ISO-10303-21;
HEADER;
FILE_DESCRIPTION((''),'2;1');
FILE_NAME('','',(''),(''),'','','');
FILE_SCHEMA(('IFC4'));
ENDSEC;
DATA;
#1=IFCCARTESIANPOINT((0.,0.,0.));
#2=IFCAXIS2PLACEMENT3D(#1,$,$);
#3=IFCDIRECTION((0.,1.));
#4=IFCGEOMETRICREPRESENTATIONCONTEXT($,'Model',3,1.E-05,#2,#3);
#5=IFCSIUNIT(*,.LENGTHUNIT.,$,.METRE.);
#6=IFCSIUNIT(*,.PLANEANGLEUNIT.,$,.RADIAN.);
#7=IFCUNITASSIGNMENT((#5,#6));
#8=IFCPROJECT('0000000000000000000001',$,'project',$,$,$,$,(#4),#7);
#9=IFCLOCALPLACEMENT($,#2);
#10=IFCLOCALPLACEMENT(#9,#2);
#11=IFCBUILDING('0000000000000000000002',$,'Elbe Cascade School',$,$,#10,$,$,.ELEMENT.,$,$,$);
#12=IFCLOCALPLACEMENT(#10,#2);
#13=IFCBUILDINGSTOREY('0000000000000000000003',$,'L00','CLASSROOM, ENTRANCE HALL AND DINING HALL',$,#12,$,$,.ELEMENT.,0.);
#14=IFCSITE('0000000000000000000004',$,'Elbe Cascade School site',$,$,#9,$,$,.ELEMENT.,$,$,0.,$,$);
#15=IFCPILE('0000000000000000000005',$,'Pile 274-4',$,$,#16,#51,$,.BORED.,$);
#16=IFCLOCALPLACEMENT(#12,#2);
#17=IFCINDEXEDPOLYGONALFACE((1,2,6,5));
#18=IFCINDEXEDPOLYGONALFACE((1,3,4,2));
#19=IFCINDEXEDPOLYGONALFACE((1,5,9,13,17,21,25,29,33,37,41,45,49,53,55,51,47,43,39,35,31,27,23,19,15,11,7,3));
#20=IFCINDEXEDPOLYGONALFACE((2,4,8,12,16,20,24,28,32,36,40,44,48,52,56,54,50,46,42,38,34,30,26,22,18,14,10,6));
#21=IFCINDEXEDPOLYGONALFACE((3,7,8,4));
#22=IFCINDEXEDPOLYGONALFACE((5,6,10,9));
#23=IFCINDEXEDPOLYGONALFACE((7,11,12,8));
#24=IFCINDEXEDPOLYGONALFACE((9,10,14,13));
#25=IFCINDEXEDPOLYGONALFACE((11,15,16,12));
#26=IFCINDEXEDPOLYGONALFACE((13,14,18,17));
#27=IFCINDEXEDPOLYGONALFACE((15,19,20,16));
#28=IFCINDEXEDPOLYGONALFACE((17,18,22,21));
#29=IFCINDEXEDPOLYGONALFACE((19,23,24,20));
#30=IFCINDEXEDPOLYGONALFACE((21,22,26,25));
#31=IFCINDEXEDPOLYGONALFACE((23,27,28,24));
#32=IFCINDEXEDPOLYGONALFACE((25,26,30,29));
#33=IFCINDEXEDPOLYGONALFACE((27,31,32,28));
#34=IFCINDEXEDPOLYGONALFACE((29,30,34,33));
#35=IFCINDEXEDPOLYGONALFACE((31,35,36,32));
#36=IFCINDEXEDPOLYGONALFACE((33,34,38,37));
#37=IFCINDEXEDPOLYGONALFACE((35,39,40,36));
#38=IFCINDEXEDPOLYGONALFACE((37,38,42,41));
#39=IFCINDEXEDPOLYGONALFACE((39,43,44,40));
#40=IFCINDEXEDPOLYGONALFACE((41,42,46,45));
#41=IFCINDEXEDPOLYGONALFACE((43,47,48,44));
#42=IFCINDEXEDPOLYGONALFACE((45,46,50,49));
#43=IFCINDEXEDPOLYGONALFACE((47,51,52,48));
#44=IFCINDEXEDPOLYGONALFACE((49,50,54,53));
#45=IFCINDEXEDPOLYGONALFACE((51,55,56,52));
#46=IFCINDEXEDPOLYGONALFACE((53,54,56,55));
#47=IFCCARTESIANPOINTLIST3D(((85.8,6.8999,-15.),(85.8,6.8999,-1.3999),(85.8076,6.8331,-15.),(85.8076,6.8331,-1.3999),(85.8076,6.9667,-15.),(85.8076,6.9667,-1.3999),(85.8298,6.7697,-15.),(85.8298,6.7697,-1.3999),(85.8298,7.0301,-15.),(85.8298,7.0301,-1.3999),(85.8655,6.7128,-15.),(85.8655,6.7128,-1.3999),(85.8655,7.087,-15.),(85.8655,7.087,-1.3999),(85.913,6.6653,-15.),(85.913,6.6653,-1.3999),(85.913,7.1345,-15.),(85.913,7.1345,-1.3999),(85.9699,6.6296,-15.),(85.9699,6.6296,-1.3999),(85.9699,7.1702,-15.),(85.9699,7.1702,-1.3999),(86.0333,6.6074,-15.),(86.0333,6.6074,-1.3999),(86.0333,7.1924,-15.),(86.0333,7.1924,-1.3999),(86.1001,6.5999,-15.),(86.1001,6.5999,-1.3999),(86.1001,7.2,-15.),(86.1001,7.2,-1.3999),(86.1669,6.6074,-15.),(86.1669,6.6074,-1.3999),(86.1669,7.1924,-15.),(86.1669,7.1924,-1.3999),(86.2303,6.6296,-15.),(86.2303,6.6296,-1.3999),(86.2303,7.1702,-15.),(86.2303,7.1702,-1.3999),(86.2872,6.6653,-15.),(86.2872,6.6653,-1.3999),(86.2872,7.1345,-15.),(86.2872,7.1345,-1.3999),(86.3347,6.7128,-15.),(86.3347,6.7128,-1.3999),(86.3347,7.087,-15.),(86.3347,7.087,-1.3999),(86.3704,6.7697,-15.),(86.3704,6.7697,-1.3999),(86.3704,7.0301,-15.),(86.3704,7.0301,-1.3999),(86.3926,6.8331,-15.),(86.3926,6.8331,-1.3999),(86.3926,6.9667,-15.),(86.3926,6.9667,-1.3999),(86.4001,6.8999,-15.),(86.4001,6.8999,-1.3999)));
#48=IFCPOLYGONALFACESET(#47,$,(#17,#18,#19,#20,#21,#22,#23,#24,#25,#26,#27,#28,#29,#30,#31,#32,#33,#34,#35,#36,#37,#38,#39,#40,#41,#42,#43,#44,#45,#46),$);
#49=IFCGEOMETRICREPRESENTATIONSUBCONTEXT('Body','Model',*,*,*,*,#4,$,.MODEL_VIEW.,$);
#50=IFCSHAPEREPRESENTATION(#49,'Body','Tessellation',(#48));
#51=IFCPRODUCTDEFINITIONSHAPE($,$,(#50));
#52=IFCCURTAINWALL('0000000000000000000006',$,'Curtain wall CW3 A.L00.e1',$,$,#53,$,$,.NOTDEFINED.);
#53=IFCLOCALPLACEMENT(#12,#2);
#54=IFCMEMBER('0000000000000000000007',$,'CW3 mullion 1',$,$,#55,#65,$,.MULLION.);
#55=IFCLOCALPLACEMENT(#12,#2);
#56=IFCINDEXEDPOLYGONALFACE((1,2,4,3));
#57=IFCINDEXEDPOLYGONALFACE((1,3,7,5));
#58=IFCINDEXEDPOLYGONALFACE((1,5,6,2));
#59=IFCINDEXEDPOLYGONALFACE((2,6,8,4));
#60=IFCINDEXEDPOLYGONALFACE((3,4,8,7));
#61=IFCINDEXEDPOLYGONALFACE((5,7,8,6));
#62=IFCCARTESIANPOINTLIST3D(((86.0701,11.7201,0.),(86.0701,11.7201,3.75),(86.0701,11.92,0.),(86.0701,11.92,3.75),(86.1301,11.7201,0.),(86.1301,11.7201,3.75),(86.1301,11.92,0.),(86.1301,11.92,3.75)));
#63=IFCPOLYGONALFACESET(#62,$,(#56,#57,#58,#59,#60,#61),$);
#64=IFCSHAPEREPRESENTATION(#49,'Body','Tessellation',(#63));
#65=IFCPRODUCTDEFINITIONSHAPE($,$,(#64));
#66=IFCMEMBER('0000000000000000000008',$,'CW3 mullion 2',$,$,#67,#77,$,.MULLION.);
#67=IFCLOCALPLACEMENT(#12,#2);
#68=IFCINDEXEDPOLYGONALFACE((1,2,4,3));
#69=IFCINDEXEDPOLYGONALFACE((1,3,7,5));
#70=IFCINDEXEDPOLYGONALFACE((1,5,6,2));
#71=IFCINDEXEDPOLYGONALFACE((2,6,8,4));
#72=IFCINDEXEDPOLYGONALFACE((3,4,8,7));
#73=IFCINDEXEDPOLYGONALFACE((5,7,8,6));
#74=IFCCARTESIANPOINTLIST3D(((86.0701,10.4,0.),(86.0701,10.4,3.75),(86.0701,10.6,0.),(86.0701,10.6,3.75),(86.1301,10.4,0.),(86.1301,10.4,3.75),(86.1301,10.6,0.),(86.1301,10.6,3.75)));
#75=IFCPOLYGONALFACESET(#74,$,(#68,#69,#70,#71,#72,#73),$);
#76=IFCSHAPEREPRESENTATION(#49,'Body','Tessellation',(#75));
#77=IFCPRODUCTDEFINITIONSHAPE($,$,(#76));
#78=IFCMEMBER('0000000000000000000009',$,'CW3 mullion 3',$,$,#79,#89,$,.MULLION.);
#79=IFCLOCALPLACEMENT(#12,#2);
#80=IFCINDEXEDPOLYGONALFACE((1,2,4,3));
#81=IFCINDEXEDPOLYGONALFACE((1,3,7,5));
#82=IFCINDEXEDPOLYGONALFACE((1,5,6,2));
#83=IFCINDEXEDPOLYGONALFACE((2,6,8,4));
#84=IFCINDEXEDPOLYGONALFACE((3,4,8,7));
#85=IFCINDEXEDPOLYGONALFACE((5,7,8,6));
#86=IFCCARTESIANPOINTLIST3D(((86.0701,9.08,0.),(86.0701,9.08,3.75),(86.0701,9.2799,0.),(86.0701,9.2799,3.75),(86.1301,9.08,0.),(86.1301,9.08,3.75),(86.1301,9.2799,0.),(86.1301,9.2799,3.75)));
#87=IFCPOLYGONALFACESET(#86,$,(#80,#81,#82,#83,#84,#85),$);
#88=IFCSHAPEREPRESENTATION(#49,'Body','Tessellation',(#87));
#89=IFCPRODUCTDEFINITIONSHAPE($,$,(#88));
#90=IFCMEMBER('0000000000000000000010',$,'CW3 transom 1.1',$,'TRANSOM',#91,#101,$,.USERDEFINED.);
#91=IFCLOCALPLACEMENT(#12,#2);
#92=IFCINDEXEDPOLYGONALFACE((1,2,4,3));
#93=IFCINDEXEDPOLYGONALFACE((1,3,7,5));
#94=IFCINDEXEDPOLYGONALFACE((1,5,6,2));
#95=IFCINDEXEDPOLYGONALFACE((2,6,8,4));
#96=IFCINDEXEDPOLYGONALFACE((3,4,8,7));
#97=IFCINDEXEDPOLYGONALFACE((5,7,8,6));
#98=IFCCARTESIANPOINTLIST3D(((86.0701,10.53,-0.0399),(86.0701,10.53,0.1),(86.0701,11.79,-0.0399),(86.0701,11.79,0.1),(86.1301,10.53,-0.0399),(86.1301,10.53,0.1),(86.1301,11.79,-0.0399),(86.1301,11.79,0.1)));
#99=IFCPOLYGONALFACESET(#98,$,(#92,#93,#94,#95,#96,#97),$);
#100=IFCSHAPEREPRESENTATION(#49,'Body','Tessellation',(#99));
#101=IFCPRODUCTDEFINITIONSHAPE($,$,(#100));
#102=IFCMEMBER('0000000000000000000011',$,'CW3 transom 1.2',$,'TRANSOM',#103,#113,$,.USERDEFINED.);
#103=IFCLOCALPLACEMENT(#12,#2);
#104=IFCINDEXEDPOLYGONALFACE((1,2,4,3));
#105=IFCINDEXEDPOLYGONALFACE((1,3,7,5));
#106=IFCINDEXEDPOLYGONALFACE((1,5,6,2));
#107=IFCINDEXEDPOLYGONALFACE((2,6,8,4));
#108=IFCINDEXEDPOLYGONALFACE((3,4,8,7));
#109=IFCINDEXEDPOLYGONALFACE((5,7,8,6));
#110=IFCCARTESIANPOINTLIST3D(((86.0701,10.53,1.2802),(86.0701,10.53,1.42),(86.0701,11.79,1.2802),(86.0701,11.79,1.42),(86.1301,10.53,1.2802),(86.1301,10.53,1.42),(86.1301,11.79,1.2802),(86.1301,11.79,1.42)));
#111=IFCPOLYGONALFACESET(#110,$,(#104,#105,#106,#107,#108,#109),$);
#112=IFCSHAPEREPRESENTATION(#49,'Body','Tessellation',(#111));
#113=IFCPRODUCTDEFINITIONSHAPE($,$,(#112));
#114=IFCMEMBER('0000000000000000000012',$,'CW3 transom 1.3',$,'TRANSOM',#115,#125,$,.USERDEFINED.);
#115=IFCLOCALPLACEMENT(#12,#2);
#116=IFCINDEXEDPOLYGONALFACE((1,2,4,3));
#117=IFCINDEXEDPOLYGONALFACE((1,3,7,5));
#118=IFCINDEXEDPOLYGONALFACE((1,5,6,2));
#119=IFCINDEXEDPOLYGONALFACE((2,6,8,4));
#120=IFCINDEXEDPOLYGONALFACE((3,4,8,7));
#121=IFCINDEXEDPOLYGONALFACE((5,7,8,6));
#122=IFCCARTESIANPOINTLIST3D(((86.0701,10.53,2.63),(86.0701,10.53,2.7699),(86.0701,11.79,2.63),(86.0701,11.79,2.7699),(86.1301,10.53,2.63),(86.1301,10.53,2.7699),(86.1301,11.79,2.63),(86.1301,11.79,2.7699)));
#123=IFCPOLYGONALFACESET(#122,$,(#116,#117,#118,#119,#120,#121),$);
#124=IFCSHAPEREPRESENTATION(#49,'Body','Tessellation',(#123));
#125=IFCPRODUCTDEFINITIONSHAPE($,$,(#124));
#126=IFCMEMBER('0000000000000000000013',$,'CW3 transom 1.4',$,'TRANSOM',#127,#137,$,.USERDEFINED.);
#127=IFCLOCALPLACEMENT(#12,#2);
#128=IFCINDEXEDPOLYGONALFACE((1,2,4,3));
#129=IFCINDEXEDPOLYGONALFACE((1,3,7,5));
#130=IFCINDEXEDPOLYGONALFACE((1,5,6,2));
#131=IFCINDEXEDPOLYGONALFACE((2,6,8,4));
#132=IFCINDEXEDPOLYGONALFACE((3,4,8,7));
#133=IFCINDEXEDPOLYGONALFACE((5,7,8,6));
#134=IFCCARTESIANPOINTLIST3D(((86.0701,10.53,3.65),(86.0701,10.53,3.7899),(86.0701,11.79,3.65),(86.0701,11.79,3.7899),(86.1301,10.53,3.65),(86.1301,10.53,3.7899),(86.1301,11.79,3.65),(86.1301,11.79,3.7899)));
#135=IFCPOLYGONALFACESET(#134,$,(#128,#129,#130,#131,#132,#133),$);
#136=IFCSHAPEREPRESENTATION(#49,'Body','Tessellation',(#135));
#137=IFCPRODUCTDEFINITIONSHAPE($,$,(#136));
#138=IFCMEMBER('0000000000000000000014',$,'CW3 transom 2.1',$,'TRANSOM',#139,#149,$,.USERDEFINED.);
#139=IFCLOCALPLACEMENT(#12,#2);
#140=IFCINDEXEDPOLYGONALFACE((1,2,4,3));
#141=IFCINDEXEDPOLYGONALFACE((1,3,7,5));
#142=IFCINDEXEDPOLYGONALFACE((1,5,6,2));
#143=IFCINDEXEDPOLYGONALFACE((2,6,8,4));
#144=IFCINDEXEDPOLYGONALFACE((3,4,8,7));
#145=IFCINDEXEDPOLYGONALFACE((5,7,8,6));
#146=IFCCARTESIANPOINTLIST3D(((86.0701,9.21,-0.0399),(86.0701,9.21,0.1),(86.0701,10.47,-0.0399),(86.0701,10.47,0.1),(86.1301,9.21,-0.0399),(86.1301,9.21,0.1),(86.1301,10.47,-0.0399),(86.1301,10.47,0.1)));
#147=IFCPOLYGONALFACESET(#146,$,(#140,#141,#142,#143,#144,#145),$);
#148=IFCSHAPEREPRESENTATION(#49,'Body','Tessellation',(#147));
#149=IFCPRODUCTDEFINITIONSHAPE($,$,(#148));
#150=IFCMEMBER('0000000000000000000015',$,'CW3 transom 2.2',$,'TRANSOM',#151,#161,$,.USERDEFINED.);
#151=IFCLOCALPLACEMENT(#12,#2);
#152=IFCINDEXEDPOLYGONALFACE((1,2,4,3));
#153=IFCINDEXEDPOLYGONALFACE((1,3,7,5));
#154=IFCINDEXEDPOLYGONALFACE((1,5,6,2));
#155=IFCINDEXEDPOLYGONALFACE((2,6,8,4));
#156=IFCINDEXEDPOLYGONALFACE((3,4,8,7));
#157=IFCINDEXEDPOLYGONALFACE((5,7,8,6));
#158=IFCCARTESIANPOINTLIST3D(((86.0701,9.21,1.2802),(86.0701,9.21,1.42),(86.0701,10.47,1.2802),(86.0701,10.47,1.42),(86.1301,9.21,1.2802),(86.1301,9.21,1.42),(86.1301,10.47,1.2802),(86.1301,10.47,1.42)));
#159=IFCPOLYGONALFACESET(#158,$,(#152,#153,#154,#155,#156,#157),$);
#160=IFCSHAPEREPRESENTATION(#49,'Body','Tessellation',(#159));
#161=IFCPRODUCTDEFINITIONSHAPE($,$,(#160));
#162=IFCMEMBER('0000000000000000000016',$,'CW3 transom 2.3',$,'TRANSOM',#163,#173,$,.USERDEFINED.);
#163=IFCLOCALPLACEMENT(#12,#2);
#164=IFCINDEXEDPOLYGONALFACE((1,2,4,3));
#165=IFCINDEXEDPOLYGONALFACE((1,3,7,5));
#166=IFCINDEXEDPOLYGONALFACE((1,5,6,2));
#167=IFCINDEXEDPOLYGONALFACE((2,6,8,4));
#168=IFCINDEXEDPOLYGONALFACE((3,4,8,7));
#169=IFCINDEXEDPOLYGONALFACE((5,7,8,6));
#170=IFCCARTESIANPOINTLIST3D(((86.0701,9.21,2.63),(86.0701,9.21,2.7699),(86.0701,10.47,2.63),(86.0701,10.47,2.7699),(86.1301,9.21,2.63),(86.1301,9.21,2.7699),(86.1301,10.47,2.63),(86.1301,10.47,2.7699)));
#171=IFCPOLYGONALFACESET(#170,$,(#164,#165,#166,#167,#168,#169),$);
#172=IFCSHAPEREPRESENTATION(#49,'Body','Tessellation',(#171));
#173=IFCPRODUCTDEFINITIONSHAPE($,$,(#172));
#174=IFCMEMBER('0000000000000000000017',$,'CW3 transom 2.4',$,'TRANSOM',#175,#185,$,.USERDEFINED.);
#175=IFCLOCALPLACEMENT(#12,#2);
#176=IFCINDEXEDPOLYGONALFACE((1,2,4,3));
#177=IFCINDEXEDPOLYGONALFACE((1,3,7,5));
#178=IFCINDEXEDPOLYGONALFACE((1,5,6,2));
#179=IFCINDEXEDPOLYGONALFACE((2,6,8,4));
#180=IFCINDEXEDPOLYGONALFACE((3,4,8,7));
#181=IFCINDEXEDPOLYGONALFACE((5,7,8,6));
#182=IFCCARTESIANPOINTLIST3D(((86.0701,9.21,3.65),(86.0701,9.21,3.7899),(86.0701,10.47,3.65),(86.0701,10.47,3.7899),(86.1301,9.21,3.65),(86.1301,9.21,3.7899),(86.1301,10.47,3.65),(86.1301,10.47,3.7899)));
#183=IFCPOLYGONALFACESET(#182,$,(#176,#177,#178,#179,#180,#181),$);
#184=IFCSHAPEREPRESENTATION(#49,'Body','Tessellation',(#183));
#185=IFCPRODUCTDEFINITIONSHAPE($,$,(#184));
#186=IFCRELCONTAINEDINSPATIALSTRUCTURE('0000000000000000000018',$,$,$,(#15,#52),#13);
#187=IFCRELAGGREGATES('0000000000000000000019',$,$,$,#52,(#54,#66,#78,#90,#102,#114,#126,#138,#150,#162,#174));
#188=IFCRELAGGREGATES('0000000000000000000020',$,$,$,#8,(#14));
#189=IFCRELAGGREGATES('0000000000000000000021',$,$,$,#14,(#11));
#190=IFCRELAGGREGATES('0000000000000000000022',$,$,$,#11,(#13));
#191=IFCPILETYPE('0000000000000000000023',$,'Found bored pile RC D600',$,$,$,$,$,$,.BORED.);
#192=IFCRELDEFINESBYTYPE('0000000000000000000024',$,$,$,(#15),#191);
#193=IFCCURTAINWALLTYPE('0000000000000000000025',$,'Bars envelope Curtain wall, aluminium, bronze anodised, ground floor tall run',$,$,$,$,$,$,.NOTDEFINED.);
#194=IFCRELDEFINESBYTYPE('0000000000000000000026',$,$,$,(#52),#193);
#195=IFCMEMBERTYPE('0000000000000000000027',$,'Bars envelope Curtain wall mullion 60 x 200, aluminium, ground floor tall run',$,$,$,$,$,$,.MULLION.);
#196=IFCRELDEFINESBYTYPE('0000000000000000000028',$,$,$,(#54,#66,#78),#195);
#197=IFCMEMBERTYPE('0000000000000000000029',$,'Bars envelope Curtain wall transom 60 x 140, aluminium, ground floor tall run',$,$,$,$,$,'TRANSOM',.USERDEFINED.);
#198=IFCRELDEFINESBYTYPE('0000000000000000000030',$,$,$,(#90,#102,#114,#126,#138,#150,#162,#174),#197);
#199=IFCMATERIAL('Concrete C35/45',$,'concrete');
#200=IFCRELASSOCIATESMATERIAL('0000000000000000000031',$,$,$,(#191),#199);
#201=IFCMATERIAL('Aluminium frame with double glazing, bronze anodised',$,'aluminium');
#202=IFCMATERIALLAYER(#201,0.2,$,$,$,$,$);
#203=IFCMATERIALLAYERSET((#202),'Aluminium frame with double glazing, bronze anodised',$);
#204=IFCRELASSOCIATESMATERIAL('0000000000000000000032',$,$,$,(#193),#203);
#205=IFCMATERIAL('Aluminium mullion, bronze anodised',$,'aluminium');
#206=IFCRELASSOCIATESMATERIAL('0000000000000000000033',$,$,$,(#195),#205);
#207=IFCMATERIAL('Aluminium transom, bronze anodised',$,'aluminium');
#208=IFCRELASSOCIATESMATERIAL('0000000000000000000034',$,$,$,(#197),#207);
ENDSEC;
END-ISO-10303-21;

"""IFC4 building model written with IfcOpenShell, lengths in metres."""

from ifc_helpers import new_model, si_unit, direction, frame, origin, origin_2d, place, context, subcontext, project, spatial, rectangle, circle, extrude, material, layer, layer_set, material_profile, profile_set, type_object, element, aggregate, save


model = new_model("IFC4")

# Units and contexts
model_context = context("Model", 3, precision=1e-05, world=origin(), true_north=direction((0.0, 1.0)))
body_context = subcontext(model_context, "Body", "Model", "MODEL_VIEW")
ifc_project = project(units=[si_unit("LENGTHUNIT", "METRE"), si_unit("PLANEANGLEUNIT", "RADIAN")], contexts=[model_context])

# Site, building, storey
site_placement = place(None, origin())
site = spatial("IfcSite", under=ifc_project, at=site_placement, Name="Elbe Cascade School site", CompositionType="ELEMENT", RefElevation=0.0)
building_placement = place(site_placement, origin())
building = spatial("IfcBuilding", under=site, at=building_placement, Name="Elbe Cascade School", CompositionType="ELEMENT")
storey_placement = place(building_placement, origin())
storey = spatial("IfcBuildingStorey", under=building, at=storey_placement, Name="L00", Description="CLASSROOM, ENTRANCE HALL AND DINING HALL", CompositionType="ELEMENT", Elevation=0.0)

# Pile
ifc_material_1 = material(Name="Concrete C35/45", Category="concrete")
ifc_material_profile_1 = material_profile(ifc_material_1, circle(Radius=0.3, at=origin_2d()), Name="RC D600")
ifc_profile_set_1 = profile_set([ifc_material_profile_1], Name="Concrete C35/45")
pile_type = type_object("IfcPileType", Name="Found bored pile RC D600", PredefinedType="BORED", material=ifc_profile_set_1)
pile_placement = place(storey_placement, frame((86.1001, 6.8999, -1.3999), z_axis=(0.0, 0.0, -1.0), x_axis=(1.0, 0.0, 0.0)))
element("IfcPile", 1, at=pile_placement, inside=storey, type_object=pile_type, Name="Pile 274-4", PredefinedType="BORED", context=body_context, shape_type="SweptSolid", body=[
    extrude(circle(Radius=0.3, at=origin_2d()), origin(), (0.0, 0.0, 1.0), 13.6001),
])

# Curtain wall, members
ifc_material_2 = material(Name="Aluminium frame with double glazing, bronze anodised", Category="aluminium")
ifc_layer_1 = layer(ifc_material_2, 0.2)
ifc_layer_set_1 = layer_set([ifc_layer_1], Name="Aluminium frame with double glazing, bronze anodised")
curtain_wall_type = type_object("IfcCurtainWallType", Name="Bars envelope Curtain wall, aluminium, bronze anodised, ground floor tall run", PredefinedType="NOTDEFINED", material=ifc_layer_set_1)
curtain_wall_placement = place(storey_placement, origin())
curtain_wall = element("IfcCurtainWall", 2, at=curtain_wall_placement, inside=storey, type_object=curtain_wall_type, Name="Curtain wall CW3 A.L00.e1", PredefinedType="NOTDEFINED")
ifc_material_3 = material(Name="Aluminium mullion, bronze anodised", Category="aluminium")
ifc_material_profile_2 = material_profile(ifc_material_3, rectangle(XDim=0.0601, YDim=0.2, at=origin_2d()), Name="Bars envelope Curtain wall mullion 60 x 200, aluminium, ground floor tall run")
ifc_profile_set_2 = profile_set([ifc_material_profile_2], Name="Aluminium mullion, bronze anodised")
member_type_1 = type_object("IfcMemberType", Name="Bars envelope Curtain wall mullion 60 x 200, aluminium, ground floor tall run", PredefinedType="MULLION", material=ifc_profile_set_2)
member_1_placement = place(storey_placement, frame((86.1001, 11.8201, 0.0), z_axis=(0.0, 0.0, 1.0), x_axis=(1.0, 0.0, 0.0)))
member_1 = element("IfcMember", 3, at=member_1_placement, type_object=member_type_1, Name="CW3 mullion 1", PredefinedType="MULLION", context=body_context, shape_type="SweptSolid", body=[
    extrude(rectangle(XDim=0.0601, YDim=0.2, at=origin_2d()), origin(), (0.0, 0.0, 1.0), 3.75),
])
member_2_placement = place(storey_placement, frame((86.1001, 10.5, 0.0), z_axis=(0.0, 0.0, 1.0), x_axis=(1.0, 0.0, 0.0)))
member_2 = element("IfcMember", 4, at=member_2_placement, type_object=member_type_1, Name="CW3 mullion 2", PredefinedType="MULLION", context=body_context, shape_type="SweptSolid", body=[
    extrude(rectangle(XDim=0.0601, YDim=0.2, at=origin_2d()), origin(), (0.0, 0.0, 1.0), 3.75),
])
member_3_placement = place(storey_placement, frame((86.1001, 9.1799, 0.0), z_axis=(0.0, 0.0, 1.0), x_axis=(1.0, 0.0, 0.0)))
member_3 = element("IfcMember", 5, at=member_3_placement, type_object=member_type_1, Name="CW3 mullion 3", PredefinedType="MULLION", context=body_context, shape_type="SweptSolid", body=[
    extrude(rectangle(XDim=0.0601, YDim=0.2, at=origin_2d()), origin(), (0.0, 0.0, 1.0), 3.75),
])
ifc_material_4 = material(Name="Aluminium transom, bronze anodised", Category="aluminium")
ifc_material_profile_3 = material_profile(ifc_material_4, rectangle(XDim=0.0601, YDim=0.1399, at=origin_2d()), Name="Bars envelope Curtain wall transom 60 x 140, aluminium, ground floor tall run")
ifc_profile_set_3 = profile_set([ifc_material_profile_3], Name="Aluminium transom, bronze anodised")
member_type_2 = type_object("IfcMemberType", Name="Bars envelope Curtain wall transom 60 x 140, aluminium, ground floor tall run", ElementType="TRANSOM", PredefinedType="USERDEFINED", material=ifc_profile_set_3)
member_4_placement = place(storey_placement, frame((86.1001, 11.79, 0.03), z_axis=(0.0, -1.0, 0.0), x_axis=(1.0, 0.0, 0.0)))
member_4 = element("IfcMember", 6, at=member_4_placement, type_object=member_type_2, Name="CW3 transom 1.1", ObjectType="TRANSOM", PredefinedType="USERDEFINED", context=body_context, shape_type="SweptSolid", body=[
    extrude(rectangle(XDim=0.0601, YDim=0.1399, at=origin_2d()), origin(), (0.0, 0.0, 1.0), 1.26),
])
member_5_placement = place(storey_placement, frame((86.1001, 11.79, 1.3501), z_axis=(0.0, -1.0, 0.0), x_axis=(1.0, 0.0, 0.0)))
member_5 = element("IfcMember", 7, at=member_5_placement, type_object=member_type_2, Name="CW3 transom 1.2", ObjectType="TRANSOM", PredefinedType="USERDEFINED", context=body_context, shape_type="SweptSolid", body=[
    extrude(rectangle(XDim=0.0601, YDim=0.1399, at=origin_2d()), origin(), (0.0, 0.0, 1.0), 1.26),
])
member_6_placement = place(storey_placement, frame((86.1001, 11.79, 2.7), z_axis=(0.0, -1.0, 0.0), x_axis=(1.0, 0.0, 0.0)))
member_6 = element("IfcMember", 8, at=member_6_placement, type_object=member_type_2, Name="CW3 transom 1.3", ObjectType="TRANSOM", PredefinedType="USERDEFINED", context=body_context, shape_type="SweptSolid", body=[
    extrude(rectangle(XDim=0.0601, YDim=0.1399, at=origin_2d()), origin(), (0.0, 0.0, 1.0), 1.26),
])
member_7_placement = place(storey_placement, frame((86.1001, 11.79, 3.72), z_axis=(0.0, -1.0, 0.0), x_axis=(1.0, 0.0, 0.0)))
member_7 = element("IfcMember", 9, at=member_7_placement, type_object=member_type_2, Name="CW3 transom 1.4", ObjectType="TRANSOM", PredefinedType="USERDEFINED", context=body_context, shape_type="SweptSolid", body=[
    extrude(rectangle(XDim=0.0601, YDim=0.1399, at=origin_2d()), origin(), (0.0, 0.0, 1.0), 1.26),
])
member_8_placement = place(storey_placement, frame((86.1001, 10.47, 0.03), z_axis=(0.0, -1.0, 0.0), x_axis=(1.0, 0.0, 0.0)))
member_8 = element("IfcMember", 10, at=member_8_placement, type_object=member_type_2, Name="CW3 transom 2.1", ObjectType="TRANSOM", PredefinedType="USERDEFINED", context=body_context, shape_type="SweptSolid", body=[
    extrude(rectangle(XDim=0.0601, YDim=0.1399, at=origin_2d()), origin(), (0.0, 0.0, 1.0), 1.26),
])
member_9_placement = place(storey_placement, frame((86.1001, 10.47, 1.3501), z_axis=(0.0, -1.0, 0.0), x_axis=(1.0, 0.0, 0.0)))
member_9 = element("IfcMember", 11, at=member_9_placement, type_object=member_type_2, Name="CW3 transom 2.2", ObjectType="TRANSOM", PredefinedType="USERDEFINED", context=body_context, shape_type="SweptSolid", body=[
    extrude(rectangle(XDim=0.0601, YDim=0.1399, at=origin_2d()), origin(), (0.0, 0.0, 1.0), 1.26),
])
member_10_placement = place(storey_placement, frame((86.1001, 10.47, 2.7), z_axis=(0.0, -1.0, 0.0), x_axis=(1.0, 0.0, 0.0)))
member_10 = element("IfcMember", 12, at=member_10_placement, type_object=member_type_2, Name="CW3 transom 2.3", ObjectType="TRANSOM", PredefinedType="USERDEFINED", context=body_context, shape_type="SweptSolid", body=[
    extrude(rectangle(XDim=0.0601, YDim=0.1399, at=origin_2d()), origin(), (0.0, 0.0, 1.0), 1.26),
])
member_11_placement = place(storey_placement, frame((86.1001, 10.47, 3.72), z_axis=(0.0, -1.0, 0.0), x_axis=(1.0, 0.0, 0.0)))
member_11 = element("IfcMember", 13, at=member_11_placement, type_object=member_type_2, Name="CW3 transom 2.4", ObjectType="TRANSOM", PredefinedType="USERDEFINED", context=body_context, shape_type="SweptSolid", body=[
    extrude(rectangle(XDim=0.0601, YDim=0.1399, at=origin_2d()), origin(), (0.0, 0.0, 1.0), 1.26),
])

aggregate(curtain_wall, [member_1, member_2, member_3, member_4, member_5, member_6, member_7, member_8, member_9, member_10, member_11])

save(model, "model.ifc")
